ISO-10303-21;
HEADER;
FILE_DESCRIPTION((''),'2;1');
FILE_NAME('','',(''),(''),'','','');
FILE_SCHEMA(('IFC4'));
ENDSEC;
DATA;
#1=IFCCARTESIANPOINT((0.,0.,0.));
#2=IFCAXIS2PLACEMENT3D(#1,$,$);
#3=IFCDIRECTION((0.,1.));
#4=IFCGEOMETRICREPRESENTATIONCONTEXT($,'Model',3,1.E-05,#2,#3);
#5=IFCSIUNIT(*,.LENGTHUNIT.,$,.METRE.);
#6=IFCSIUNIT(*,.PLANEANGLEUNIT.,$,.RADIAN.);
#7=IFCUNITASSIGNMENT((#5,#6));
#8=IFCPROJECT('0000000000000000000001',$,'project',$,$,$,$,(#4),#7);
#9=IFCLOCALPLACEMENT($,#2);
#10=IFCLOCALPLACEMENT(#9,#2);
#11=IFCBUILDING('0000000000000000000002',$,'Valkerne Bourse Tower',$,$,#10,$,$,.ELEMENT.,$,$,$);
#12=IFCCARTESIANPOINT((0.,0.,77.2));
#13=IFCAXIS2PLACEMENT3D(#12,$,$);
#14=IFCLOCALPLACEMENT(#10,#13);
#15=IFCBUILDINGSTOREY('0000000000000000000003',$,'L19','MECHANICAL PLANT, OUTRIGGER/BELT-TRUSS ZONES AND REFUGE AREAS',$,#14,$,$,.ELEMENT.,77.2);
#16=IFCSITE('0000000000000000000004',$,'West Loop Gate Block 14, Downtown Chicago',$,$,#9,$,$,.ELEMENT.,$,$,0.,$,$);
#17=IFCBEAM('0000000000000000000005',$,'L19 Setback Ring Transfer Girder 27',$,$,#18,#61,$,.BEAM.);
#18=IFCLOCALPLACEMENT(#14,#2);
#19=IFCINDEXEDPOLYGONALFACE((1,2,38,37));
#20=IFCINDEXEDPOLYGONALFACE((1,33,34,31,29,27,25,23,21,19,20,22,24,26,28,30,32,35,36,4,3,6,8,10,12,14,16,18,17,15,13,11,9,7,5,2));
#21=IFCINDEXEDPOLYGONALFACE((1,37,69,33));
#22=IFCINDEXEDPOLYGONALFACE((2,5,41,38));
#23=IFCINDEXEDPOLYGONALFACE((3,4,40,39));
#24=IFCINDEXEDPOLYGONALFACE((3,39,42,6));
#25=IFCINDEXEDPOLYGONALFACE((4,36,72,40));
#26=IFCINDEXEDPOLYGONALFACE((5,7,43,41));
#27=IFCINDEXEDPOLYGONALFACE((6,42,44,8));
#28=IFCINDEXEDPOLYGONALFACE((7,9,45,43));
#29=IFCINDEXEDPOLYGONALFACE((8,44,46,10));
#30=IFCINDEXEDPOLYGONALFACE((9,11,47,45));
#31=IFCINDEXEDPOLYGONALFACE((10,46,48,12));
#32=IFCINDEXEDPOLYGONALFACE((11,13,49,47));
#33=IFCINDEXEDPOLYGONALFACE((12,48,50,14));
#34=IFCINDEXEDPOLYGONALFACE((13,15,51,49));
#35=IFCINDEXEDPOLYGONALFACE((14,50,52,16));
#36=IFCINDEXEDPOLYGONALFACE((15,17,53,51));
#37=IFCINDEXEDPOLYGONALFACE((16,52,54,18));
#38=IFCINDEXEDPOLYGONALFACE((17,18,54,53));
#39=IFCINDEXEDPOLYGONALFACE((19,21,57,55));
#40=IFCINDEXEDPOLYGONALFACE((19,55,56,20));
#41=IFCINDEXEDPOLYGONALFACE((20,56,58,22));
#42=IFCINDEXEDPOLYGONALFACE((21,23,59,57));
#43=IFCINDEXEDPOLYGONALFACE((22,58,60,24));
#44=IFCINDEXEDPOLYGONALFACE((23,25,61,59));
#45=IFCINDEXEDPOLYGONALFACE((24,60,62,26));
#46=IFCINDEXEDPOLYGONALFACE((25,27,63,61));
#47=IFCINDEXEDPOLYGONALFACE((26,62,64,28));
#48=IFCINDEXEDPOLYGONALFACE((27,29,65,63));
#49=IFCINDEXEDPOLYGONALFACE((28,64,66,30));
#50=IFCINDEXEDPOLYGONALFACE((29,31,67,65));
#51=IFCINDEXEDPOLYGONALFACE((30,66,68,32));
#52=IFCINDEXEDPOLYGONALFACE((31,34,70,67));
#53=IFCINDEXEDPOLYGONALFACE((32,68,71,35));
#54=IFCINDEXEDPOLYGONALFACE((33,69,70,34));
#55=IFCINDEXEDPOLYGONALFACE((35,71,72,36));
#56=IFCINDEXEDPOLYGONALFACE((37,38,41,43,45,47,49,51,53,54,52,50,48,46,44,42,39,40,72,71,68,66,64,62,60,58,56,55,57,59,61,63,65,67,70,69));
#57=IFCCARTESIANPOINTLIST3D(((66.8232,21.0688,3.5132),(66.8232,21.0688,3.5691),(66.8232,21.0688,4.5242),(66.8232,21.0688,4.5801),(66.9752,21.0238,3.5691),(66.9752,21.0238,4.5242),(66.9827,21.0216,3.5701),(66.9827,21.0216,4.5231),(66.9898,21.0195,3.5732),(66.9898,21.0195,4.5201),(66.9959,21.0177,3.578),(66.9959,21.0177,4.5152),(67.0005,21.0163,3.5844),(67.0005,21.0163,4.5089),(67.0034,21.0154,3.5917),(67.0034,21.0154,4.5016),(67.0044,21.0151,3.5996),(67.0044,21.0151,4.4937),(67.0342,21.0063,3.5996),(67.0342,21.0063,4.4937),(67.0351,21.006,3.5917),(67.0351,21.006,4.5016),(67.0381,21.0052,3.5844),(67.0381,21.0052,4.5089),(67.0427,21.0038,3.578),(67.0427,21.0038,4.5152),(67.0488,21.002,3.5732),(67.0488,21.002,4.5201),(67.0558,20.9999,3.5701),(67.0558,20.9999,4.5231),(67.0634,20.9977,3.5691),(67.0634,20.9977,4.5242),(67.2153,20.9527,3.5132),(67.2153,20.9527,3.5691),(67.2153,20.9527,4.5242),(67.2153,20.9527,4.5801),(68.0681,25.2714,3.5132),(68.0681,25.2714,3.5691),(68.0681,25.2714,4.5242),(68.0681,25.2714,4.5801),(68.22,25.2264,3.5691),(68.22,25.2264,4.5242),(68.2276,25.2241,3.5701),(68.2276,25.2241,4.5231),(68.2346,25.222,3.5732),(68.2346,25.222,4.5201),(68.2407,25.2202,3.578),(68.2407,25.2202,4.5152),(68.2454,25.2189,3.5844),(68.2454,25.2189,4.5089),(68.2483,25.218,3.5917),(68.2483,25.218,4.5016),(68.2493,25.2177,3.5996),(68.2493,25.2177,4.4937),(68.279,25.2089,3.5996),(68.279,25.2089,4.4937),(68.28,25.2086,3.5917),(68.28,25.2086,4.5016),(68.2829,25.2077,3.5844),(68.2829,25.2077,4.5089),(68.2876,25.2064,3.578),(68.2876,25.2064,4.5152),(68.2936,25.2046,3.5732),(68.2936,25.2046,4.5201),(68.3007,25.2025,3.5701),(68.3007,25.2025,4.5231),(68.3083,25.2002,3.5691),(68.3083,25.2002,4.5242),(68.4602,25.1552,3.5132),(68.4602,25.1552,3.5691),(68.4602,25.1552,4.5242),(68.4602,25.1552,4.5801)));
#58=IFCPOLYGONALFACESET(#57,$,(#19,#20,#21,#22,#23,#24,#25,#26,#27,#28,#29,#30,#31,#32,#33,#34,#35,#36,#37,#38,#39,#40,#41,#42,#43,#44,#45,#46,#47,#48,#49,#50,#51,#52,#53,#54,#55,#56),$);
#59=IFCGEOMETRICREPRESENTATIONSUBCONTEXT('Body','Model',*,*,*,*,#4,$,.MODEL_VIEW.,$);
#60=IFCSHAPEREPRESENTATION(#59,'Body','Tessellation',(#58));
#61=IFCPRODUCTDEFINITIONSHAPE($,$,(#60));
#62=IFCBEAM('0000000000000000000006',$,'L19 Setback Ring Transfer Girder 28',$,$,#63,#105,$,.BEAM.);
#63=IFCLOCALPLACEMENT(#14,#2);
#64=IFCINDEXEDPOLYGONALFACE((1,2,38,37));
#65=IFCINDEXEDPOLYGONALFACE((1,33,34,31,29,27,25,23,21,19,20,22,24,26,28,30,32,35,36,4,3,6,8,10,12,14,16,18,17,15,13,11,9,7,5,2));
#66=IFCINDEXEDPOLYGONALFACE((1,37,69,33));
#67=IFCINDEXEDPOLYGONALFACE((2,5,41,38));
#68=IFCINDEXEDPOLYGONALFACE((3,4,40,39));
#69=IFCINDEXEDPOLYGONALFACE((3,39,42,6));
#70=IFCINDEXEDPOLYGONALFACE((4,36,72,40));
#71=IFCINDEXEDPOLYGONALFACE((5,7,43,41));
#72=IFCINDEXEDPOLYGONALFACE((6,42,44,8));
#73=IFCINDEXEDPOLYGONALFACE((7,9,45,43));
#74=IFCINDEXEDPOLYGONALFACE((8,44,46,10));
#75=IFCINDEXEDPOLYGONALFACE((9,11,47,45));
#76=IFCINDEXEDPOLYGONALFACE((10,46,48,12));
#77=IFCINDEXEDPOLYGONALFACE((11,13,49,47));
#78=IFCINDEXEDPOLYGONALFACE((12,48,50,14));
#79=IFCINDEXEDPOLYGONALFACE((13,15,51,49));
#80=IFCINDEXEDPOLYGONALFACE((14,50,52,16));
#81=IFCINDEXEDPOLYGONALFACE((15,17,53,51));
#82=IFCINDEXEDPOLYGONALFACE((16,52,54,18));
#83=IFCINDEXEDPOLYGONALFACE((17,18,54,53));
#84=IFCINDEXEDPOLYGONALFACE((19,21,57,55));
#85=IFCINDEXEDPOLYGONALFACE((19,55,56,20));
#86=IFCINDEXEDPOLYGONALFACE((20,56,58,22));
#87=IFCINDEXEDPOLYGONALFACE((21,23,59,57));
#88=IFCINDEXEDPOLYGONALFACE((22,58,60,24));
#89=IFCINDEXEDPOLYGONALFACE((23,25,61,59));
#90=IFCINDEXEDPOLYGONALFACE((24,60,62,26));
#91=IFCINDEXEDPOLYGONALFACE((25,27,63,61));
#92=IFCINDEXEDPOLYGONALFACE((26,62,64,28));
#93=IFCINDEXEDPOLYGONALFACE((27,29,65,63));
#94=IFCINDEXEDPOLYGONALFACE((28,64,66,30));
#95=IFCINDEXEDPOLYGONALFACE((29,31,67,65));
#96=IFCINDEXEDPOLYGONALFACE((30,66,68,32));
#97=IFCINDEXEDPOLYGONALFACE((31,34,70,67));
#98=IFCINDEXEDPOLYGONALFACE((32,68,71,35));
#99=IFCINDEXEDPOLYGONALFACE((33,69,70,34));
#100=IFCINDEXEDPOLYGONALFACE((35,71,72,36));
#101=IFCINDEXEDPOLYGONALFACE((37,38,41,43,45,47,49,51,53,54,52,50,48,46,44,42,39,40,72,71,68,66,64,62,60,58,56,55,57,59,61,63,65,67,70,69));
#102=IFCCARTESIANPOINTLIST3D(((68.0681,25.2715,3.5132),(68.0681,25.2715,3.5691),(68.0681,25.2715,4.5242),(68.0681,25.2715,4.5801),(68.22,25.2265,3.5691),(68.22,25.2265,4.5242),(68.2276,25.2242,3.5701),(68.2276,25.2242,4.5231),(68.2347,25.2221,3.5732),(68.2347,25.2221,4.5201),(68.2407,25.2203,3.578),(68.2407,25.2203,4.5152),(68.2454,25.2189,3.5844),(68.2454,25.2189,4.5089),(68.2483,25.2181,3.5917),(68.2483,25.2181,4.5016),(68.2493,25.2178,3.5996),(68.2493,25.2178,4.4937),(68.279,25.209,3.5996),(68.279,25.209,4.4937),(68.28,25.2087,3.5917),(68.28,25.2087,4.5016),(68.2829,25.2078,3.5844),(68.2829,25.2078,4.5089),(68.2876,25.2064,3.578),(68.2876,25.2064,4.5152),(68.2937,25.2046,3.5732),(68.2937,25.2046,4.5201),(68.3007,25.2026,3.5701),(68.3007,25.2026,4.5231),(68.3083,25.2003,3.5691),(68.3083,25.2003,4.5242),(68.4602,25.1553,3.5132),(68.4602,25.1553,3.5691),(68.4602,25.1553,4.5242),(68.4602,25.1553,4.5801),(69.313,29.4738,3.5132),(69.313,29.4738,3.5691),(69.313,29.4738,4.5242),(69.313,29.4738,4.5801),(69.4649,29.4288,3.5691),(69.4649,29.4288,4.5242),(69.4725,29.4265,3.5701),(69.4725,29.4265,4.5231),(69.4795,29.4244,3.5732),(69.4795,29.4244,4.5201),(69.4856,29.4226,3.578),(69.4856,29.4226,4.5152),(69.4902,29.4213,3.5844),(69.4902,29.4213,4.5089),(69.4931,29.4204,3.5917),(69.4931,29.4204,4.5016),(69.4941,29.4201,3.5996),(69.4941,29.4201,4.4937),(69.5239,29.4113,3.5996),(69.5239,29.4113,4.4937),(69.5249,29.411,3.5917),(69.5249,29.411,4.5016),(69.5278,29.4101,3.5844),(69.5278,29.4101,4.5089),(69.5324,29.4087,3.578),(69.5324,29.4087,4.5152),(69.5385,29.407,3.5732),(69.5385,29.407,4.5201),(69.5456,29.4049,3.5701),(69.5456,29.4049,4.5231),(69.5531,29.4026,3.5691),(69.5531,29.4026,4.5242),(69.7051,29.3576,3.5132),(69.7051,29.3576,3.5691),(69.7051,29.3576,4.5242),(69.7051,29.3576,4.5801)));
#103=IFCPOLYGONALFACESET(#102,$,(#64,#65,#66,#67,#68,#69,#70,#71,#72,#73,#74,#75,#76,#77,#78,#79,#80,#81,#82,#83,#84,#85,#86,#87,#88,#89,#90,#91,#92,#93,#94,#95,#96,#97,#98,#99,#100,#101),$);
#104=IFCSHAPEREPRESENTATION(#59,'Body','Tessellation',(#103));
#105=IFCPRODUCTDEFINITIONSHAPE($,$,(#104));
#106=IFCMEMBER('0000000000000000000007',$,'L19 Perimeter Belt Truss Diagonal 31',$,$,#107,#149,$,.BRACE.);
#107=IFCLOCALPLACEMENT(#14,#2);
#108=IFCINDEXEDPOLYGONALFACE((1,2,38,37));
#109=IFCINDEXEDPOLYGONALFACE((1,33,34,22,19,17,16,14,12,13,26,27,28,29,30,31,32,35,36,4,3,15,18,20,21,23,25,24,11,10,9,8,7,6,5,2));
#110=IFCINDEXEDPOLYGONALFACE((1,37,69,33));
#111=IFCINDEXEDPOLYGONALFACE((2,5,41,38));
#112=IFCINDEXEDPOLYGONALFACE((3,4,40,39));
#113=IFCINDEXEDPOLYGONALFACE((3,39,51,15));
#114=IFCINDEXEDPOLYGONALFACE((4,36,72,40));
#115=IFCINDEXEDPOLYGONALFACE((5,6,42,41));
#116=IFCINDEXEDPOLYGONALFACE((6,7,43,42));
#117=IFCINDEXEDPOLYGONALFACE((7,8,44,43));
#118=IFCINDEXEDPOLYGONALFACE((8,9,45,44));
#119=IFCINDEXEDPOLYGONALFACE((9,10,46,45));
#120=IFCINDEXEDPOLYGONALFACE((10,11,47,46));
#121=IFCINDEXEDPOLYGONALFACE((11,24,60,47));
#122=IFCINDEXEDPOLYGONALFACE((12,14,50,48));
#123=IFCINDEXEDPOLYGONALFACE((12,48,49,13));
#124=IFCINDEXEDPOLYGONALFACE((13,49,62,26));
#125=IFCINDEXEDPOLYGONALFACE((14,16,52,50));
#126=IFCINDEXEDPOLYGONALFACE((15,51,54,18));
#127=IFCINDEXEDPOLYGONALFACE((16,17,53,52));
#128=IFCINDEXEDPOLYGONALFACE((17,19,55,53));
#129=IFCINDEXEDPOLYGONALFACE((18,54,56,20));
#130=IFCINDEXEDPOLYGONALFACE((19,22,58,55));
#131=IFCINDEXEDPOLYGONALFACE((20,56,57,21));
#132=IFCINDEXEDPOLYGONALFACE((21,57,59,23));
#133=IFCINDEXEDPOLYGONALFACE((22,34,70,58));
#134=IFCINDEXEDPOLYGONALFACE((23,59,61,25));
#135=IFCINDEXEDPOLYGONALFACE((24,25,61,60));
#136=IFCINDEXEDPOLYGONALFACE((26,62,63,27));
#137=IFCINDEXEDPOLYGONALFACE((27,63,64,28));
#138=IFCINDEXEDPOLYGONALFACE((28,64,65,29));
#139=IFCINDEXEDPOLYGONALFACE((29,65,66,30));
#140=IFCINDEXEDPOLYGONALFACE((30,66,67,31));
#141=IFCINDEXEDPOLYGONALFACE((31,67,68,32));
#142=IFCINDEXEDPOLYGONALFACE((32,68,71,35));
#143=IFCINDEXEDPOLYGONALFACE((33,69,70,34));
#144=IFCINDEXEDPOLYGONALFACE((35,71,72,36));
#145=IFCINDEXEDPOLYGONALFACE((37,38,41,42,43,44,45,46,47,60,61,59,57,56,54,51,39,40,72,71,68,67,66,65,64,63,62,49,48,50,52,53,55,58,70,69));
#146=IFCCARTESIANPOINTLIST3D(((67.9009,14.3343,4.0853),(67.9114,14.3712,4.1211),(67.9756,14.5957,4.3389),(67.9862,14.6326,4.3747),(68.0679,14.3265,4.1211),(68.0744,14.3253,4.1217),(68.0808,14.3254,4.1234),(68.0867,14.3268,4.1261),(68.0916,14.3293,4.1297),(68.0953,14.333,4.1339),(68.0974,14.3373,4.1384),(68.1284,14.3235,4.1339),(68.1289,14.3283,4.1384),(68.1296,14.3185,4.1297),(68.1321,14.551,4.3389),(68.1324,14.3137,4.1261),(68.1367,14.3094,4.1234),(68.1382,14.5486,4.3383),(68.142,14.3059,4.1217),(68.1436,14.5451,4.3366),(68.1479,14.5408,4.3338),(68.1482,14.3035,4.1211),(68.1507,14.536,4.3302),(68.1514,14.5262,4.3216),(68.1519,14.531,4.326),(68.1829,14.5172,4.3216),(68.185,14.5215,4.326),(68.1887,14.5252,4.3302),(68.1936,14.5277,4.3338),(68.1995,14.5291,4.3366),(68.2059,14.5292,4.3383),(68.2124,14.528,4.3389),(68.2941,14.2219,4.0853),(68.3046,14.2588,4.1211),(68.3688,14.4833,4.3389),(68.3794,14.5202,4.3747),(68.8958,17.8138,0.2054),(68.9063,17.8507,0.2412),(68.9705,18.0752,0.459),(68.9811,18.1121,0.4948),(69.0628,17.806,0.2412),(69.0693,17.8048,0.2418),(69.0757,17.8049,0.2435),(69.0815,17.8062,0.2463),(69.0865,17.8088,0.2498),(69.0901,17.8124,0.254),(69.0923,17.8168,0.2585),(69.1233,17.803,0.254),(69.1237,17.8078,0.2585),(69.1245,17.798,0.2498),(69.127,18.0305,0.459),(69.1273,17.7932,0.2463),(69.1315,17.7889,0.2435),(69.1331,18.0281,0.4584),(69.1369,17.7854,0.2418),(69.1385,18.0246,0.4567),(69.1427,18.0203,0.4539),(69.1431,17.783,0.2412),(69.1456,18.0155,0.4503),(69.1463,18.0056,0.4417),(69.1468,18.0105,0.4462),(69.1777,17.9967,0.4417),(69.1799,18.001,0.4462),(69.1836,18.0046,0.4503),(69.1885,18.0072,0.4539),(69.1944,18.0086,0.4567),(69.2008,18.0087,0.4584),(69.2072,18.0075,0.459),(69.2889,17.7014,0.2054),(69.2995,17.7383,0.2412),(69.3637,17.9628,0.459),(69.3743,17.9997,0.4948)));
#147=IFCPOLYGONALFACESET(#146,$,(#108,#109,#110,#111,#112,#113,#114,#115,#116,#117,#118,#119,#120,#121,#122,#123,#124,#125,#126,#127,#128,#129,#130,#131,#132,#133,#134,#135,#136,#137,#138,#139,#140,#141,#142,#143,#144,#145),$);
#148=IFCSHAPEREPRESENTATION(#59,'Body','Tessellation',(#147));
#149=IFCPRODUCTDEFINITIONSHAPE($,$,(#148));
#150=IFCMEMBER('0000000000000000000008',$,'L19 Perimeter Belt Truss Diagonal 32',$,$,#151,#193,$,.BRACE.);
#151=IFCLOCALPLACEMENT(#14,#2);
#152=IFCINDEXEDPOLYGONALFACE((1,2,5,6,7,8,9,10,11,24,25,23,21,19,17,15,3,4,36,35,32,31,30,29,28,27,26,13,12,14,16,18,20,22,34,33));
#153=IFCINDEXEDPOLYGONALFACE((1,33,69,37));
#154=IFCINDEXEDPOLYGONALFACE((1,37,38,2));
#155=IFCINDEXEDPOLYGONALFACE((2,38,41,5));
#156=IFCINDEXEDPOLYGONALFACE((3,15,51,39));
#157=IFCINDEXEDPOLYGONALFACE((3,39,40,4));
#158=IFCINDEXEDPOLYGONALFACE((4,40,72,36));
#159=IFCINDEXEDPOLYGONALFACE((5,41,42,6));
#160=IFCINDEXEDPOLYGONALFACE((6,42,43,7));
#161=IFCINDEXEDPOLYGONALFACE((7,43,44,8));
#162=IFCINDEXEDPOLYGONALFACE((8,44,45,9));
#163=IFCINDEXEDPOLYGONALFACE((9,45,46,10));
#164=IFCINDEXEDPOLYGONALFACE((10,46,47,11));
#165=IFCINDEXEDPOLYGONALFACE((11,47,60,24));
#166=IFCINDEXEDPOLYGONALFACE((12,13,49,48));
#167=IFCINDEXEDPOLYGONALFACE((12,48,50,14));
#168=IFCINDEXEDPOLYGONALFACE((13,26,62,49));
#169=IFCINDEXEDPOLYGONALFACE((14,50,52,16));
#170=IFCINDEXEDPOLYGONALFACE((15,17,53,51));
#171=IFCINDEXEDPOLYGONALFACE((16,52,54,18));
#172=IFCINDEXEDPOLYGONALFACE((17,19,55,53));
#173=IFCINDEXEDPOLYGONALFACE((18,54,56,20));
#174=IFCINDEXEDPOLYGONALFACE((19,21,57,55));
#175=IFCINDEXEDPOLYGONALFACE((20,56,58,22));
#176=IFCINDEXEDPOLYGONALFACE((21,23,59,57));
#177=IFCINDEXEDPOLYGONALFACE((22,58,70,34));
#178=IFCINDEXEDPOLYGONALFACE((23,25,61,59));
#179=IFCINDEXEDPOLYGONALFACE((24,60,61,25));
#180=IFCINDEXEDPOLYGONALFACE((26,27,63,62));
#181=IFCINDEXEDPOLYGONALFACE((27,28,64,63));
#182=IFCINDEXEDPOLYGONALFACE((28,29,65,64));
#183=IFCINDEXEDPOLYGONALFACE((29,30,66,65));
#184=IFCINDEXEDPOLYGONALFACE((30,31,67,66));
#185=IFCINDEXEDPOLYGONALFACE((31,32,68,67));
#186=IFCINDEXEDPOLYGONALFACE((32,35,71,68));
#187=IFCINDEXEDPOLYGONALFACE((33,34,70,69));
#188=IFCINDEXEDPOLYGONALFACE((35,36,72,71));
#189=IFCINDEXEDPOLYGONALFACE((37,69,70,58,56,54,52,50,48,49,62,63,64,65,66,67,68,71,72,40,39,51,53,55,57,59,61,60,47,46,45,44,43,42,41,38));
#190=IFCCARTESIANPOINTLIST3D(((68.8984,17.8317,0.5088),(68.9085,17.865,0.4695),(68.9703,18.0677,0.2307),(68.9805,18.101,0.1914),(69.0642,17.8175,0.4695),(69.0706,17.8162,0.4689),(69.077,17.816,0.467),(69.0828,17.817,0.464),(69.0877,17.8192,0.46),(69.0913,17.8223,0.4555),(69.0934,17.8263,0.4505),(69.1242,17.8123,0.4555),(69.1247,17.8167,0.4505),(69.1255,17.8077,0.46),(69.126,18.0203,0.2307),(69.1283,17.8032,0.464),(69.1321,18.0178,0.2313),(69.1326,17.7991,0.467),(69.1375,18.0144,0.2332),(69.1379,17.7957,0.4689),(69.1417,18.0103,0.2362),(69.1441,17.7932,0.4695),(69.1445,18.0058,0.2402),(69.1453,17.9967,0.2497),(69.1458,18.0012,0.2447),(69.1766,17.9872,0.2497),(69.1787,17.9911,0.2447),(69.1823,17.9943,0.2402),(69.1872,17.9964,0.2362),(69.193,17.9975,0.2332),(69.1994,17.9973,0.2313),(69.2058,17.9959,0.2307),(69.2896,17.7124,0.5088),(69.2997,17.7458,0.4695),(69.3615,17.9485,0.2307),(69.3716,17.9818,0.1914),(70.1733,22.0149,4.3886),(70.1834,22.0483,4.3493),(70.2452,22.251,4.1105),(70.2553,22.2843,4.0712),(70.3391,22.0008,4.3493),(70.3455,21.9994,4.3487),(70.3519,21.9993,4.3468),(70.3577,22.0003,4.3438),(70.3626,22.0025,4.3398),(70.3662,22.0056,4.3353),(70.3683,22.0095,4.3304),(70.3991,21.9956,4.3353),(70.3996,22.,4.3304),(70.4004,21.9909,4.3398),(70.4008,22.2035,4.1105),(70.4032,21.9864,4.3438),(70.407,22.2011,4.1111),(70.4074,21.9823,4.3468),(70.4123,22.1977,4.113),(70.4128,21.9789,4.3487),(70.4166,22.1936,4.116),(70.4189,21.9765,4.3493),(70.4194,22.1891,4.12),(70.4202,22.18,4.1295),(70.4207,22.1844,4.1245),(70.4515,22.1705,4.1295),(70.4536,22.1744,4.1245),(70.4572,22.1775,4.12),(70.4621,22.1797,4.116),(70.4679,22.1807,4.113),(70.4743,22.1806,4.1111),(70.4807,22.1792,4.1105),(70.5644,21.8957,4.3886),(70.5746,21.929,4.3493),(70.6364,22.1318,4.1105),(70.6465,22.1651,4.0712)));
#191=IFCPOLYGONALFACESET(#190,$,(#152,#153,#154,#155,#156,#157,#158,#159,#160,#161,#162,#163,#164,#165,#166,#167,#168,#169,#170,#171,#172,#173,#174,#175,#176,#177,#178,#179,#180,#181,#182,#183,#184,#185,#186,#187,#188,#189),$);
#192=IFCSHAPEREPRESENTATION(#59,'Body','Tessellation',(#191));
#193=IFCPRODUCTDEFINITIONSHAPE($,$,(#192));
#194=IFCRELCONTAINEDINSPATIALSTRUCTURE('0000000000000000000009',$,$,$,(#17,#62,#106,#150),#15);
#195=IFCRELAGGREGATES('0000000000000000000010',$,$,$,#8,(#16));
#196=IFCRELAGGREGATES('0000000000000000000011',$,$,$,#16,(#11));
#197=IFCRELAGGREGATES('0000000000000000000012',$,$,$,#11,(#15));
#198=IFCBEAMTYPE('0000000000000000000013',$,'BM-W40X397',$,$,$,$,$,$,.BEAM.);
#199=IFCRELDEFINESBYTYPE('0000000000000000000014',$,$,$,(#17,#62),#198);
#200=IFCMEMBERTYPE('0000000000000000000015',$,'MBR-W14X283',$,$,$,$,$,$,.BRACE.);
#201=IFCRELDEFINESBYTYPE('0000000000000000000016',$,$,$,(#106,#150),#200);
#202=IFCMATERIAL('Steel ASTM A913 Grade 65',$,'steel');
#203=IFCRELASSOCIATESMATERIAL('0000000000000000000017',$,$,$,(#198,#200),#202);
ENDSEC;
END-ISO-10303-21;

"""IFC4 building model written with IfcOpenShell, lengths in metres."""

from ifc_helpers import new_model, si_unit, direction, frame, origin, origin_2d, place, context, subcontext, project, spatial, i_section, extrude, material, material_profile, profile_set, type_object, element, save


model = new_model("IFC4")

# Units and contexts
model_context = context("Model", 3, precision=1e-05, world=origin(), true_north=direction((0.0, 1.0)))
body_context = subcontext(model_context, "Body", "Model", "MODEL_VIEW")
ifc_project = project(units=[si_unit("LENGTHUNIT", "METRE"), si_unit("PLANEANGLEUNIT", "RADIAN")], contexts=[model_context])

# Site, building, storey
site_placement = place(None, origin())
site = spatial("IfcSite", under=ifc_project, at=site_placement, Name="West Loop Gate Block 14, Downtown Chicago", CompositionType="ELEMENT", RefElevation=0.0)
building_placement = place(site_placement, origin())
building = spatial("IfcBuilding", under=site, at=building_placement, Name="Valkerne Bourse Tower", CompositionType="ELEMENT")
storey_placement = place(building_placement, frame((0.0, 0.0, 77.2)))
storey = spatial("IfcBuildingStorey", under=building, at=storey_placement, Name="L19", Description="MECHANICAL PLANT, OUTRIGGER/BELT-TRUSS ZONES AND REFUGE AREAS", CompositionType="ELEMENT", Elevation=77.2)

# Shared definitions
ifc_material_1 = material(Name="Steel ASTM A913 Grade 65", Category="steel")

# Beams
ifc_material_profile_1 = material_profile(ifc_material_1, i_section(OverallWidth=0.4089, OverallDepth=1.0669, WebThickness=0.031, FlangeThickness=0.0559, FilletRadius=0.0305, at=origin_2d()), Name="W40X397")
ifc_profile_set_1 = profile_set([ifc_material_profile_1], Name="Steel ASTM A913 Grade 65")
beam_type_1 = type_object("IfcBeamType", Name="BM-W40X397", PredefinedType="BEAM", material=ifc_profile_set_1)
beam_1_placement = place(storey_placement, frame((67.0193, 21.0107, 4.0466), z_axis=(0.284014, 0.95882, 0.0), x_axis=(-0.95882, 0.284014, 0.0)))
element("IfcBeam", 1, at=beam_1_placement, inside=storey, type_object=beam_type_1, Name="L19 Setback Ring Transfer Girder 27", PredefinedType="BEAM", context=body_context, shape_type="SweptSolid", body=[
    extrude(i_section(OverallWidth=0.4089, OverallDepth=1.0669, WebThickness=0.031, FlangeThickness=0.0559, FilletRadius=0.0305, at=origin_2d()), origin(), (0.0, 0.0, 1.0), 4.3831),
])
beam_2_placement = place(storey_placement, frame((68.2642, 25.2134, 4.0466), z_axis=(0.28403, 0.958816, 0.0), x_axis=(-0.958816, 0.28403, 0.0)))
element("IfcBeam", 2, at=beam_2_placement, inside=storey, type_object=beam_type_1, Name="L19 Setback Ring Transfer Girder 28", PredefinedType="BEAM", context=body_context, shape_type="SweptSolid", body=[
    extrude(i_section(OverallWidth=0.4089, OverallDepth=1.0669, WebThickness=0.031, FlangeThickness=0.0559, FilletRadius=0.0305, at=origin_2d()), origin(), (0.0, 0.0, 1.0), 4.3828),
])

# Members
ifc_material_profile_2 = material_profile(ifc_material_1, i_section(OverallWidth=0.4089, OverallDepth=0.4243, WebThickness=0.0327, FlangeThickness=0.0525, FilletRadius=0.0254, at=origin_2d()), Name="W14X283")
ifc_profile_set_2 = profile_set([ifc_material_profile_2], Name="Steel ASTM A913 Grade 65")
member_type = type_object("IfcMemberType", Name="MBR-W14X283", PredefinedType="BRACE", material=ifc_profile_set_2)
member_1_placement = place(storey_placement, frame((69.135, 17.9067, 0.3501), z_axis=(-0.187511, -0.655806, 0.731271), x_axis=(0.96147, -0.274908, 0.0)))
element("IfcMember", 3, at=member_1_placement, inside=storey, type_object=member_type, Name="L19 Perimeter Belt Truss Diagonal 31", PredefinedType="BRACE", context=body_context, shape_type="SweptSolid", body=[
    extrude(i_section(OverallWidth=0.4089, OverallDepth=0.4243, WebThickness=0.0327, FlangeThickness=0.0525, FilletRadius=0.0254, at=origin_2d()), origin(), (0.0, 0.0, 1.0), 5.3057),
])
member_2_placement = place(storey_placement, frame((69.135, 17.9067, 0.3501), z_axis=(0.21807, 0.715554, 0.663647), x_axis=(-0.956565, 0.291519, 0.0)))
element("IfcMember", 4, at=member_2_placement, inside=storey, type_object=member_type, Name="L19 Perimeter Belt Truss Diagonal 32", PredefinedType="BRACE", context=body_context, shape_type="SweptSolid", body=[
    extrude(i_section(OverallWidth=0.4089, OverallDepth=0.4243, WebThickness=0.0327, FlangeThickness=0.0525, FilletRadius=0.0254, at=origin_2d()), origin(), (0.0, 0.0, 1.0), 5.8462),
])

save(model, "model.ifc")
